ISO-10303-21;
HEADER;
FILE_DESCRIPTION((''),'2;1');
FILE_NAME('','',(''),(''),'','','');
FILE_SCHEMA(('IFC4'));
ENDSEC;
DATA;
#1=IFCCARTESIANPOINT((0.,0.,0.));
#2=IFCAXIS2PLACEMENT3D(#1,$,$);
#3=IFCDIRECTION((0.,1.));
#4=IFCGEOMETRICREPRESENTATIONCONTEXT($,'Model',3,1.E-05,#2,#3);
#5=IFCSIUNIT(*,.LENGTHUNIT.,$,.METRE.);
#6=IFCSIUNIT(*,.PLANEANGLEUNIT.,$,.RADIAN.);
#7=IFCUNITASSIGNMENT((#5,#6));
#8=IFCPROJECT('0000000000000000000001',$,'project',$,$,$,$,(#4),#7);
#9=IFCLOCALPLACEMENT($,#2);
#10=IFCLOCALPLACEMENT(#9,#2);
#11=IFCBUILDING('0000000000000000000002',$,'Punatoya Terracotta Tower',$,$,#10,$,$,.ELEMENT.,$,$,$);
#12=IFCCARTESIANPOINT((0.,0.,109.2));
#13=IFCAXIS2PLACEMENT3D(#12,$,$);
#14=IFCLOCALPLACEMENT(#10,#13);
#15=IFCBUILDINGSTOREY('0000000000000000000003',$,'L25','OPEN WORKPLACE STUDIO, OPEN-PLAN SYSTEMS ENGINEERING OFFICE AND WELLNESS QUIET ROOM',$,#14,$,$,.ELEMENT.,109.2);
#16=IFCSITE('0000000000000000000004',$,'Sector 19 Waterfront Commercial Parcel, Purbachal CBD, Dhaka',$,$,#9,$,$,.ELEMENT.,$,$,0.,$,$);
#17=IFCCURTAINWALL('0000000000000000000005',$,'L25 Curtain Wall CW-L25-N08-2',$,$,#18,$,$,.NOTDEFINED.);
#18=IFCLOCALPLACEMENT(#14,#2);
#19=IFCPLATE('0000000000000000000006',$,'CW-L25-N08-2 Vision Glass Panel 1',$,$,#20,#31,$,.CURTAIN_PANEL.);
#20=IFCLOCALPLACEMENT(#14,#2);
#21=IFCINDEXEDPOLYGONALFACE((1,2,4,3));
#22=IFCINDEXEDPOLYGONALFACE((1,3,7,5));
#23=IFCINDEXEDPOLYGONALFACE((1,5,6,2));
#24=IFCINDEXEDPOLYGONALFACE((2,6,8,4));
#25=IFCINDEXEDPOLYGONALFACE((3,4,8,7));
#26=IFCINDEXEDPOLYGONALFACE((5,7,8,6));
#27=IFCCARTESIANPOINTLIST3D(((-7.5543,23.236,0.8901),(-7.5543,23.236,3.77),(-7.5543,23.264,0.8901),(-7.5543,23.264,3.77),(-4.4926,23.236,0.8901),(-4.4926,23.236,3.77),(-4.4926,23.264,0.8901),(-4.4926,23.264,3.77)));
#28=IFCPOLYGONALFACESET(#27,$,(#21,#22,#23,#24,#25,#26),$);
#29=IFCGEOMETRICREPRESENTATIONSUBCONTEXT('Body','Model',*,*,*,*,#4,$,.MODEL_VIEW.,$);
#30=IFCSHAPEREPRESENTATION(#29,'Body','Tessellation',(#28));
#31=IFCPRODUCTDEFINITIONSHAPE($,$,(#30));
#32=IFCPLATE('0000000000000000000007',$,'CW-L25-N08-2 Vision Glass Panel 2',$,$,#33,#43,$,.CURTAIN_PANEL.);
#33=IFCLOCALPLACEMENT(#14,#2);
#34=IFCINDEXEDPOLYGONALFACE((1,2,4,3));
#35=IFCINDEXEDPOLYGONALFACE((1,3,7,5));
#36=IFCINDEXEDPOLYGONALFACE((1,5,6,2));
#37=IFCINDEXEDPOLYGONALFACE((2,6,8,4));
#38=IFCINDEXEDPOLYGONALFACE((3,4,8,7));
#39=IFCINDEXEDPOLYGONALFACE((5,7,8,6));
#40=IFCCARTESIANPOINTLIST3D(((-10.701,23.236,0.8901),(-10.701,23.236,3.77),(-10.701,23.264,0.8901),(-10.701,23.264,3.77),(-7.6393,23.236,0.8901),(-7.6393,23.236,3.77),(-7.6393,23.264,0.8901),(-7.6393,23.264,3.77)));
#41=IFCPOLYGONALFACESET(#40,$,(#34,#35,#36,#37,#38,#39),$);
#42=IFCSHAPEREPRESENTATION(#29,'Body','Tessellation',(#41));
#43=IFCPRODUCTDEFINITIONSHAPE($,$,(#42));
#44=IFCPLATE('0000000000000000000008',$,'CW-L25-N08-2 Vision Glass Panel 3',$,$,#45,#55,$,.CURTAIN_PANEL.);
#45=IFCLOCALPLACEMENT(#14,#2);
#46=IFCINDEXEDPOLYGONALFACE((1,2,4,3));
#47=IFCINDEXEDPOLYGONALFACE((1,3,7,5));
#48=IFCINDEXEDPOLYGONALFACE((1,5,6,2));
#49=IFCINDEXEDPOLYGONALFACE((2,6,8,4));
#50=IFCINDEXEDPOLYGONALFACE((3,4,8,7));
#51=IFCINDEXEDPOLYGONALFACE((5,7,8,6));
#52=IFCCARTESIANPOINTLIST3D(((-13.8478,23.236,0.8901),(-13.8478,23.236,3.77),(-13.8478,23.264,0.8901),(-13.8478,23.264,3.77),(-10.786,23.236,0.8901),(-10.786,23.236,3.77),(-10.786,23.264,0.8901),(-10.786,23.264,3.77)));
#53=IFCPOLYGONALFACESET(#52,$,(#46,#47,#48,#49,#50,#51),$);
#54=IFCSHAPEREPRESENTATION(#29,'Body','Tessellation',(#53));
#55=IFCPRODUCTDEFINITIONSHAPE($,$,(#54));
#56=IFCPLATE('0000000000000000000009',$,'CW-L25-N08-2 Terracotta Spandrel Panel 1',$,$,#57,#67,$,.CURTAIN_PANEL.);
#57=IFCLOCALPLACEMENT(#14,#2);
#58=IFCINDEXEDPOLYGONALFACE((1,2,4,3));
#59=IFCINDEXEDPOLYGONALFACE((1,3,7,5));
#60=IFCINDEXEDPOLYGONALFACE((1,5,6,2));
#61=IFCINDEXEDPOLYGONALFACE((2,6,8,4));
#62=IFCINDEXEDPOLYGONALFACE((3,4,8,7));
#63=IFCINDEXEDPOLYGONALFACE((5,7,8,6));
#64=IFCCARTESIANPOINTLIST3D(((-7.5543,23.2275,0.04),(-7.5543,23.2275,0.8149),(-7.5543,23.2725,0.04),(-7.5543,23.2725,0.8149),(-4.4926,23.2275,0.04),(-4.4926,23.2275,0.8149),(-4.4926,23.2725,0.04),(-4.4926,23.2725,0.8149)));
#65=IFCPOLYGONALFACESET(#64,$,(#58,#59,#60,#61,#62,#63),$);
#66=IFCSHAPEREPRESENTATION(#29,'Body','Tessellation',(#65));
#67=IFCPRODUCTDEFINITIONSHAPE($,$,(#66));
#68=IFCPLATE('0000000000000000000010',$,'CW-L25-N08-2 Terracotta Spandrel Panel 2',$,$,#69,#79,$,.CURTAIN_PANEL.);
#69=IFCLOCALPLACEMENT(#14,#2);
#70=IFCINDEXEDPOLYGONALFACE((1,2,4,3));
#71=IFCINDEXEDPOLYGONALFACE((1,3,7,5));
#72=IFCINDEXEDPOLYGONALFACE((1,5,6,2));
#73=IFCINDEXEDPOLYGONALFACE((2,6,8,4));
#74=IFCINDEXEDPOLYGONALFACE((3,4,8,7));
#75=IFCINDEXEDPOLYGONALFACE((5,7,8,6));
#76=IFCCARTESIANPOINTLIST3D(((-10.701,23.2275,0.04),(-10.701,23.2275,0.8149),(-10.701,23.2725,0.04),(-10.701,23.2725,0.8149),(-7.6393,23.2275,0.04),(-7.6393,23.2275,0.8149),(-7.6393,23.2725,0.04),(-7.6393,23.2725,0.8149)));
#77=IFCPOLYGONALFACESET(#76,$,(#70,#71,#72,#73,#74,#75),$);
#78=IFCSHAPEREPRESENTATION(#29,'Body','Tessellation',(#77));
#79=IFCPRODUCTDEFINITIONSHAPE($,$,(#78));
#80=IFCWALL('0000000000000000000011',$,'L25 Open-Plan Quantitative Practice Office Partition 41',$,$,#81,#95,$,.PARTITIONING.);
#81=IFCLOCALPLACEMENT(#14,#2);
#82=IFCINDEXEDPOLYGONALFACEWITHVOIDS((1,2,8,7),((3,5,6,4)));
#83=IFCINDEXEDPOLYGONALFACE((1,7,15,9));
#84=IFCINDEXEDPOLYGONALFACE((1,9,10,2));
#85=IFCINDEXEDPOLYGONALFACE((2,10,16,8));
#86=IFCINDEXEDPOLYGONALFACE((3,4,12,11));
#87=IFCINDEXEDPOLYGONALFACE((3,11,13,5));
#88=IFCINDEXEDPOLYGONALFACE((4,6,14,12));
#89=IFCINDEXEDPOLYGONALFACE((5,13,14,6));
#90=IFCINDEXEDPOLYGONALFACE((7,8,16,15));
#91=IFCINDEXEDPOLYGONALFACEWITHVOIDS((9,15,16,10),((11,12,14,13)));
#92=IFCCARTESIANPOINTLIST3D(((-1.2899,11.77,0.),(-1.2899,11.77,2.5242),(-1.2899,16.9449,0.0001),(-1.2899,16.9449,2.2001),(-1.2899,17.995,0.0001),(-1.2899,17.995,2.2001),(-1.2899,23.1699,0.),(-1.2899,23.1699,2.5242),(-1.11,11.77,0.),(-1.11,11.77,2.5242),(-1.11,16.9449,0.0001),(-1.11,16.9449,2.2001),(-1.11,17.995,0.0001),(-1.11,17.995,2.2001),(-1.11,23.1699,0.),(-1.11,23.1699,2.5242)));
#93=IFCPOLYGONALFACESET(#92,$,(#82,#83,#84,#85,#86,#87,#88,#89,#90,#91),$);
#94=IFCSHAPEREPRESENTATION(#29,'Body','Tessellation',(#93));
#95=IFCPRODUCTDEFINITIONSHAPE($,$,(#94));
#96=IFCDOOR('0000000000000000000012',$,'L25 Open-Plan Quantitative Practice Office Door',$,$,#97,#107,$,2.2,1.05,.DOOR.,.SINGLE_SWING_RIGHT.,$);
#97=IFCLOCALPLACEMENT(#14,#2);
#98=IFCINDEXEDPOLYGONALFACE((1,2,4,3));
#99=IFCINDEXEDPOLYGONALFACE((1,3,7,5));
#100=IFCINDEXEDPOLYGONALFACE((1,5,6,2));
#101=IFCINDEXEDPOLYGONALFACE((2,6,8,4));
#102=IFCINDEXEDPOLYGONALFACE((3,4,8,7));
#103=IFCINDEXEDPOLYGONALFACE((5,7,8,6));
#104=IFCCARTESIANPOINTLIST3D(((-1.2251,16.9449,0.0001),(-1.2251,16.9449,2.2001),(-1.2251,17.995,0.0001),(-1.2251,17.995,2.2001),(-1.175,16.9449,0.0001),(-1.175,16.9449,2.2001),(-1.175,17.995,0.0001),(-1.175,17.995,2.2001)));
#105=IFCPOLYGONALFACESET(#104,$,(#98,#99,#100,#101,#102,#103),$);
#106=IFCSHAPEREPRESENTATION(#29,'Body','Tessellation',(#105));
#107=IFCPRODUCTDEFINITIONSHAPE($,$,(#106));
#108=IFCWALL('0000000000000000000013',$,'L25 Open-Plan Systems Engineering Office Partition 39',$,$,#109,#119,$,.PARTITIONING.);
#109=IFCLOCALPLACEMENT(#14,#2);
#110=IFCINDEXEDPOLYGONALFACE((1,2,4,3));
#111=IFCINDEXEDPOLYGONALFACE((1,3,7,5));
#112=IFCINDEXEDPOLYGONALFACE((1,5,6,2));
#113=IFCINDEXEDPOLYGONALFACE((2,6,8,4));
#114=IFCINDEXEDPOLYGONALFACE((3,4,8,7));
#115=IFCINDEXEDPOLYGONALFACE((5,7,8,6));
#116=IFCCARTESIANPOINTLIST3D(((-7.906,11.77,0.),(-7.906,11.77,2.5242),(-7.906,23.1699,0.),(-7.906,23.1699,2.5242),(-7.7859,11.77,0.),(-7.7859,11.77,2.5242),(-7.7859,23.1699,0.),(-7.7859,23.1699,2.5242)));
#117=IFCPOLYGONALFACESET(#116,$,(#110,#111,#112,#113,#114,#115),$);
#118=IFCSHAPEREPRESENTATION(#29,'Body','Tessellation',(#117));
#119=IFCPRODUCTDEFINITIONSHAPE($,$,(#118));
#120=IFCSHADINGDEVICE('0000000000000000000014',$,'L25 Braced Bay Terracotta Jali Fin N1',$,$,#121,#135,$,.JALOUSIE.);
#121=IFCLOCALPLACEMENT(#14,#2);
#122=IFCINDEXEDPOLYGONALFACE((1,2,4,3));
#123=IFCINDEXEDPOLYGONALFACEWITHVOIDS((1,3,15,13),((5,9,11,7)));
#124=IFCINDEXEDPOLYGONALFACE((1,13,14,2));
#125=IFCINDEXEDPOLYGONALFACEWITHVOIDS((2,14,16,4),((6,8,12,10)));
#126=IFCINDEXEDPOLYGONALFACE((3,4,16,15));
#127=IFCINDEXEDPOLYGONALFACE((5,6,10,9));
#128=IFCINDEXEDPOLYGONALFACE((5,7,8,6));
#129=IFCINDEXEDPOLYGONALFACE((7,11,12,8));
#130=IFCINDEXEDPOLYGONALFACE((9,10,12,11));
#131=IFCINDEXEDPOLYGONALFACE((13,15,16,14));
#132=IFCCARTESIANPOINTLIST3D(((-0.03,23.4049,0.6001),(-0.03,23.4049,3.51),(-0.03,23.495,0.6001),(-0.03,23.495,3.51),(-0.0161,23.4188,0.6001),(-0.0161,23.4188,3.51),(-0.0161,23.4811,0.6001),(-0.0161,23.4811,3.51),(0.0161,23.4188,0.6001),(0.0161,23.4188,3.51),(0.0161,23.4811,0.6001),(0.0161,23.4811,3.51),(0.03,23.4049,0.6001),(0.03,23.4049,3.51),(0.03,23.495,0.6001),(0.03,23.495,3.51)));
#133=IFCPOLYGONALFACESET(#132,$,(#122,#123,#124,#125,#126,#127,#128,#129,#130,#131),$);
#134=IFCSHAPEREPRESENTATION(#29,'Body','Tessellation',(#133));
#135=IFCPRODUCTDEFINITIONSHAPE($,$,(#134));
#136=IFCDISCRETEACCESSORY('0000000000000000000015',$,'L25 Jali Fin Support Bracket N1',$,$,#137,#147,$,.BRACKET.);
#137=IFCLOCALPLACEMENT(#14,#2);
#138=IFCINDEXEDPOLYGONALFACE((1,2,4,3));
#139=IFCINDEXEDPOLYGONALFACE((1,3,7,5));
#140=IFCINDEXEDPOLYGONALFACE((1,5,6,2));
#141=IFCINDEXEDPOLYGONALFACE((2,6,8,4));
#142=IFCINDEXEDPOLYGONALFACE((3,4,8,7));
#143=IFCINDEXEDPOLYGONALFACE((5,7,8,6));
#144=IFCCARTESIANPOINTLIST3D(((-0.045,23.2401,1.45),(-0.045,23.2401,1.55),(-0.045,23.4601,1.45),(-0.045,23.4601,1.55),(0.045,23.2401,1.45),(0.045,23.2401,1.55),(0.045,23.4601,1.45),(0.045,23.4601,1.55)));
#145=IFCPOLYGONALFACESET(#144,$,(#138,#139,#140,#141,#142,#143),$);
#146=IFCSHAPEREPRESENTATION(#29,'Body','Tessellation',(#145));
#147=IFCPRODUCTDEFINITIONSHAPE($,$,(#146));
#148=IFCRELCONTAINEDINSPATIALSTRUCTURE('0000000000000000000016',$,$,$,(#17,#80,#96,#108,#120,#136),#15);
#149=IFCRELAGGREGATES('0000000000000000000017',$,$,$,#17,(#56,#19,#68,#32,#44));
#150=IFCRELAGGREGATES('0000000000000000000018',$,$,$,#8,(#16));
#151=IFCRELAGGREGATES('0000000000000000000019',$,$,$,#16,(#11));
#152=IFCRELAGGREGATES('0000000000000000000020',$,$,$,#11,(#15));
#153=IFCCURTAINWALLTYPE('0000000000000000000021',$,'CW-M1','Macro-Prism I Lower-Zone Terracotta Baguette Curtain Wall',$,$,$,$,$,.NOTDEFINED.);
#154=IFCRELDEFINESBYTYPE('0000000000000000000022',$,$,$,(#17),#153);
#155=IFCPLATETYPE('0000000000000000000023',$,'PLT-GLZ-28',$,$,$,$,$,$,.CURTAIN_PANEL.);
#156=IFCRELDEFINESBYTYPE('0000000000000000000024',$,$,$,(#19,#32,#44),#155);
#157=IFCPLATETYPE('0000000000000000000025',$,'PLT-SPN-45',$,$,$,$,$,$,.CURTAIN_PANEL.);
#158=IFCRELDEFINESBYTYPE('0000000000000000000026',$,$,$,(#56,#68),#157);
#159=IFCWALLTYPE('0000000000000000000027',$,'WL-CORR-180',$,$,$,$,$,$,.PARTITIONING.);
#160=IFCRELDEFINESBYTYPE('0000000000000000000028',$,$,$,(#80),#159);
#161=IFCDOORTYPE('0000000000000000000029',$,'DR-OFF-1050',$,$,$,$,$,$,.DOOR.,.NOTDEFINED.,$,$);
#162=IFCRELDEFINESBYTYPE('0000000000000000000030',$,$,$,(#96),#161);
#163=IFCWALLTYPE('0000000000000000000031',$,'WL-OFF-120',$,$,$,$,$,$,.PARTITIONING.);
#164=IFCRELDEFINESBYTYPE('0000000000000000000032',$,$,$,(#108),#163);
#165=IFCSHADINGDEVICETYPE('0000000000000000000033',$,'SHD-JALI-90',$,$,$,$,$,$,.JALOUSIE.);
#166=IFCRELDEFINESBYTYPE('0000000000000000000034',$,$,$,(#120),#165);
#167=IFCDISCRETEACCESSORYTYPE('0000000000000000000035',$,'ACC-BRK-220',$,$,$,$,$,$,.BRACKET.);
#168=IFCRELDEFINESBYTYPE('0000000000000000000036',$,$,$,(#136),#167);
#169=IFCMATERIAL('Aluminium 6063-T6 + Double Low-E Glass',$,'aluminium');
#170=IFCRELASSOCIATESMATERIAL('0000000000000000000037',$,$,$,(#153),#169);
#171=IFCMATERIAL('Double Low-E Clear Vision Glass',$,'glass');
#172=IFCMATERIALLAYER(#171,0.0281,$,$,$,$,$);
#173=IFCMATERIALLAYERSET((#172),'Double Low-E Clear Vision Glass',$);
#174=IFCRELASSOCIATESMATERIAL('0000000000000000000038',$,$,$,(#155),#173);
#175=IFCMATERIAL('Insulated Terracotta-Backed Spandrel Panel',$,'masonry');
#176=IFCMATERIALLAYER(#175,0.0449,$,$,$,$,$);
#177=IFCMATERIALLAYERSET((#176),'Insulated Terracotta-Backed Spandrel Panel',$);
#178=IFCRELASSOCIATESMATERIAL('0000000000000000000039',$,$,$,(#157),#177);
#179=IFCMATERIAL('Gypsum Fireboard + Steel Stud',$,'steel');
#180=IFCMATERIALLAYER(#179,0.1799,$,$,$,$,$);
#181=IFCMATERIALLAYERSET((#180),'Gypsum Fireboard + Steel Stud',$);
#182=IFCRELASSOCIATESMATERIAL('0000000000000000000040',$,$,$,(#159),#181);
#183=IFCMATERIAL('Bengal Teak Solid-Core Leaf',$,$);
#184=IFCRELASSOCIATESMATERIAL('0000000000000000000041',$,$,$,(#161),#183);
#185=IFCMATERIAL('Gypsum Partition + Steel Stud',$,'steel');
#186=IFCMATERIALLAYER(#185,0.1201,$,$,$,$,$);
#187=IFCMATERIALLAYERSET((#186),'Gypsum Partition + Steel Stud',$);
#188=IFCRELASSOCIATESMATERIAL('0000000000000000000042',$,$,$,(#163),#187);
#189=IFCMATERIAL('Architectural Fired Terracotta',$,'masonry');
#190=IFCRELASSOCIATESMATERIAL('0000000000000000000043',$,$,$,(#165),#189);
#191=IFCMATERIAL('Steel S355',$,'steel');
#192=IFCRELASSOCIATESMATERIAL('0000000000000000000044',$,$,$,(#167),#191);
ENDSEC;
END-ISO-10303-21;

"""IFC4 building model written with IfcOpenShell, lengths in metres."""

from ifc_helpers import new_model, si_unit, direction, frame, frame_2d, origin, origin_2d, place, context, subcontext, project, spatial, rectangle, hollow_rectangle, extrude, material, layer, layer_set, material_profile, profile_set, type_object, element, fill, aggregate, save


model = new_model("IFC4")

# Units and contexts
model_context = context("Model", 3, precision=1e-05, world=origin(), true_north=direction((0.0, 1.0)))
body_context = subcontext(model_context, "Body", "Model", "MODEL_VIEW")
ifc_project = project(units=[si_unit("LENGTHUNIT", "METRE"), si_unit("PLANEANGLEUNIT", "RADIAN")], contexts=[model_context])

# Site, building, storey
site_placement = place(None, origin())
site = spatial("IfcSite", under=ifc_project, at=site_placement, Name="Sector 19 Waterfront Commercial Parcel, Purbachal CBD, Dhaka", CompositionType="ELEMENT", RefElevation=0.0)
building_placement = place(site_placement, origin())
building = spatial("IfcBuilding", under=site, at=building_placement, Name="Punatoya Terracotta Tower", CompositionType="ELEMENT")
storey_placement = place(building_placement, frame((0.0, 0.0, 109.2)))
storey = spatial("IfcBuildingStorey", under=building, at=storey_placement, Name="L25", Description="OPEN WORKPLACE STUDIO, OPEN-PLAN SYSTEMS ENGINEERING OFFICE AND WELLNESS QUIET ROOM", CompositionType="ELEMENT", Elevation=109.2)

# Curtain wall
ifc_material_1 = material(Name="Aluminium 6063-T6 + Double Low-E Glass", Category="aluminium")
curtain_wall_type = type_object("IfcCurtainWallType", Name="CW-M1", Description="Macro-Prism I Lower-Zone Terracotta Baguette Curtain Wall", PredefinedType="NOTDEFINED", material=ifc_material_1)
curtain_wall_placement = place(storey_placement, origin())
curtain_wall = element("IfcCurtainWall", 1, at=curtain_wall_placement, inside=storey, type_object=curtain_wall_type, Name="L25 Curtain Wall CW-L25-N08-2", PredefinedType="NOTDEFINED")

# Shared definitions
ifc_material_2 = material(Name="Steel S355", Category="steel")

# Plates
ifc_material_3 = material(Name="Double Low-E Clear Vision Glass", Category="glass")
ifc_layer_1 = layer(ifc_material_3, 0.0281)
ifc_layer_set_1 = layer_set([ifc_layer_1], Name="Double Low-E Clear Vision Glass")
plate_type_1 = type_object("IfcPlateType", Name="PLT-GLZ-28", PredefinedType="CURTAIN_PANEL", material=ifc_layer_set_1)
plate_1_placement = place(storey_placement, frame((-6.0234, 23.25, 0.8901), z_axis=(0.0, 0.0, 1.0), x_axis=(-1.0, 0.0, 0.0)))
plate_1 = element("IfcPlate", 2, at=plate_1_placement, type_object=plate_type_1, Name="CW-L25-N08-2 Vision Glass Panel 1", PredefinedType="CURTAIN_PANEL", context=body_context, shape_type="SweptSolid", body=[
    extrude(rectangle(XDim=3.0618, YDim=0.0281, at=origin_2d()), origin(), (0.0, 0.0, 1.0), 2.8799),
])
plate_2_placement = place(storey_placement, frame((-9.1702, 23.25, 0.8901), z_axis=(0.0, 0.0, 1.0), x_axis=(-1.0, 0.0, 0.0)))
plate_2 = element("IfcPlate", 3, at=plate_2_placement, type_object=plate_type_1, Name="CW-L25-N08-2 Vision Glass Panel 2", PredefinedType="CURTAIN_PANEL", context=body_context, shape_type="SweptSolid", body=[
    extrude(rectangle(XDim=3.0618, YDim=0.0281, at=origin_2d()), origin(), (0.0, 0.0, 1.0), 2.8799),
])
plate_3_placement = place(storey_placement, frame((-12.3169, 23.25, 0.8901), z_axis=(0.0, 0.0, 1.0), x_axis=(-1.0, 0.0, 0.0)))
plate_3 = element("IfcPlate", 4, at=plate_3_placement, type_object=plate_type_1, Name="CW-L25-N08-2 Vision Glass Panel 3", PredefinedType="CURTAIN_PANEL", context=body_context, shape_type="SweptSolid", body=[
    extrude(rectangle(XDim=3.0618, YDim=0.0281, at=origin_2d()), origin(), (0.0, 0.0, 1.0), 2.8799),
])
ifc_material_4 = material(Name="Insulated Terracotta-Backed Spandrel Panel", Category="masonry")
ifc_layer_2 = layer(ifc_material_4, 0.0449)
ifc_layer_set_2 = layer_set([ifc_layer_2], Name="Insulated Terracotta-Backed Spandrel Panel")
plate_type_2 = type_object("IfcPlateType", Name="PLT-SPN-45", PredefinedType="CURTAIN_PANEL", material=ifc_layer_set_2)
plate_4_placement = place(storey_placement, frame((-6.0234, 23.25, 0.04), z_axis=(0.0, 0.0, 1.0), x_axis=(-1.0, 0.0, 0.0)))
plate_4 = element("IfcPlate", 5, at=plate_4_placement, type_object=plate_type_2, Name="CW-L25-N08-2 Terracotta Spandrel Panel 1", PredefinedType="CURTAIN_PANEL", context=body_context, shape_type="SweptSolid", body=[
    extrude(rectangle(XDim=3.0618, YDim=0.0449, at=origin_2d()), origin(), (0.0, 0.0, 1.0), 0.7749),
])
plate_5_placement = place(storey_placement, frame((-9.1702, 23.25, 0.04), z_axis=(0.0, 0.0, 1.0), x_axis=(-1.0, 0.0, 0.0)))
plate_5 = element("IfcPlate", 6, at=plate_5_placement, type_object=plate_type_2, Name="CW-L25-N08-2 Terracotta Spandrel Panel 2", PredefinedType="CURTAIN_PANEL", context=body_context, shape_type="SweptSolid", body=[
    extrude(rectangle(XDim=3.0618, YDim=0.0449, at=origin_2d()), origin(), (0.0, 0.0, 1.0), 0.7749),
])
aggregate(curtain_wall, [plate_4, plate_1, plate_5, plate_2, plate_3])

# Wall, opening, door
ifc_material_5 = material(Name="Gypsum Fireboard + Steel Stud", Category="steel")
ifc_layer_3 = layer(ifc_material_5, 0.1799)
ifc_layer_set_3 = layer_set([ifc_layer_3], Name="Gypsum Fireboard + Steel Stud")
wall_type_1 = type_object("IfcWallType", Name="WL-CORR-180", PredefinedType="PARTITIONING", material=ifc_layer_set_3)
wall_1_placement = place(storey_placement, frame((-1.2, 23.1699, 0.0), z_axis=(0.0, 0.0, 1.0), x_axis=(0.0, -1.0, 0.0)))
wall_1 = element("IfcWall", 7, at=wall_1_placement, inside=storey, type_object=wall_type_1, Name="L25 Open-Plan Quantitative Practice Office Partition 41", PredefinedType="PARTITIONING", context=body_context, shape_type="SweptSolid", body=[
    extrude(rectangle(XDim=11.3999, YDim=0.1799, at=frame_2d((5.7, 0.0))), origin(), (0.0, 0.0, 1.0), 2.5242),
])
opening_placement = place(wall_1_placement, frame((5.175, 0.0, 0.0)))
opening = element("IfcOpeningElement", 8, at=opening_placement, cuts=wall_1, PredefinedType="OPENING", context=body_context, shape_type="SweptSolid", body=[
    extrude(rectangle(XDim=1.05, YDim=2.2, at=frame_2d((0.5249, 1.1001))), frame((0.0, 0.0999, 0.0), z_axis=(0.0, -1.0, 0.0), x_axis=(1.0, 0.0, 0.0)), (0.0, 0.0, 1.0), 0.2),
])
ifc_material_6 = material(Name="Bengal Teak Solid-Core Leaf")
door_type = type_object("IfcDoorType", Name="DR-OFF-1050", OperationType="NOTDEFINED", PredefinedType="DOOR", material=ifc_material_6)
door_placement = place(opening_placement, origin())
door = element("IfcDoor", 9, at=door_placement, inside=storey, type_object=door_type, Name="L25 Open-Plan Quantitative Practice Office Door", OperationType="SINGLE_SWING_RIGHT", OverallHeight=2.2, OverallWidth=1.05, PredefinedType="DOOR", context=body_context, shape_type="SweptSolid", body=[
    extrude(rectangle(XDim=1.05, YDim=2.2, at=frame_2d((0.5249, 1.1001))), frame((0.0, 0.0249, 0.0), z_axis=(0.0, -1.0, 0.0), x_axis=(1.0, 0.0, 0.0)), (0.0, 0.0, 1.0), 0.05),
])
fill(opening, door)

# Wall
ifc_material_7 = material(Name="Gypsum Partition + Steel Stud", Category="steel")
ifc_layer_4 = layer(ifc_material_7, 0.1201)
ifc_layer_set_4 = layer_set([ifc_layer_4], Name="Gypsum Partition + Steel Stud")
wall_type_2 = type_object("IfcWallType", Name="WL-OFF-120", PredefinedType="PARTITIONING", material=ifc_layer_set_4)
wall_2_placement = place(storey_placement, frame((-7.8459, 23.1699, 0.0), z_axis=(0.0, 0.0, 1.0), x_axis=(0.0, -1.0, 0.0)))
element("IfcWall", 10, at=wall_2_placement, inside=storey, type_object=wall_type_2, Name="L25 Open-Plan Systems Engineering Office Partition 39", PredefinedType="PARTITIONING", context=body_context, shape_type="SweptSolid", body=[
    extrude(rectangle(XDim=11.3999, YDim=0.1201, at=frame_2d((5.7, 0.0))), origin(), (0.0, 0.0, 1.0), 2.5242),
])

# Shading device
ifc_material_8 = material(Name="Architectural Fired Terracotta", Category="masonry")
ifc_material_profile_1 = material_profile(ifc_material_8, hollow_rectangle(XDim=0.0601, YDim=0.0901, WallThickness=0.0139, at=origin_2d()))
ifc_profile_set_1 = profile_set([ifc_material_profile_1], Name="Architectural Fired Terracotta")
shading_device_type = type_object("IfcShadingDeviceType", Name="SHD-JALI-90", PredefinedType="JALOUSIE", material=ifc_profile_set_1)
shading_device_placement = place(storey_placement, frame((0.0, 23.45, 0.6001), z_axis=(0.0, 0.0, 1.0), x_axis=(1.0, 0.0, 0.0)))
element("IfcShadingDevice", 11, at=shading_device_placement, inside=storey, type_object=shading_device_type, Name="L25 Braced Bay Terracotta Jali Fin N1", PredefinedType="JALOUSIE", context=body_context, shape_type="SweptSolid", body=[
    extrude(hollow_rectangle(XDim=0.0601, YDim=0.0901, WallThickness=0.0139, at=origin_2d()), origin(), (0.0, 0.0, 1.0), 2.9099),
])

# Discrete accessory
discrete_accessory_type = type_object("IfcDiscreteAccessoryType", Name="ACC-BRK-220", PredefinedType="BRACKET", material=ifc_material_2)
discrete_accessory_placement = place(storey_placement, frame((0.0, 23.3501, 1.45), z_axis=(0.0, 0.0, 1.0), x_axis=(-1.0, 0.0, 0.0)))
element("IfcDiscreteAccessory", 12, at=discrete_accessory_placement, inside=storey, type_object=discrete_accessory_type, Name="L25 Jali Fin Support Bracket N1", PredefinedType="BRACKET", context=body_context, shape_type="SweptSolid", body=[
    extrude(rectangle(XDim=0.0901, YDim=0.22, at=origin_2d()), origin(), (0.0, 0.0, 1.0), 0.1001),
])

save(model, "model.ifc")
